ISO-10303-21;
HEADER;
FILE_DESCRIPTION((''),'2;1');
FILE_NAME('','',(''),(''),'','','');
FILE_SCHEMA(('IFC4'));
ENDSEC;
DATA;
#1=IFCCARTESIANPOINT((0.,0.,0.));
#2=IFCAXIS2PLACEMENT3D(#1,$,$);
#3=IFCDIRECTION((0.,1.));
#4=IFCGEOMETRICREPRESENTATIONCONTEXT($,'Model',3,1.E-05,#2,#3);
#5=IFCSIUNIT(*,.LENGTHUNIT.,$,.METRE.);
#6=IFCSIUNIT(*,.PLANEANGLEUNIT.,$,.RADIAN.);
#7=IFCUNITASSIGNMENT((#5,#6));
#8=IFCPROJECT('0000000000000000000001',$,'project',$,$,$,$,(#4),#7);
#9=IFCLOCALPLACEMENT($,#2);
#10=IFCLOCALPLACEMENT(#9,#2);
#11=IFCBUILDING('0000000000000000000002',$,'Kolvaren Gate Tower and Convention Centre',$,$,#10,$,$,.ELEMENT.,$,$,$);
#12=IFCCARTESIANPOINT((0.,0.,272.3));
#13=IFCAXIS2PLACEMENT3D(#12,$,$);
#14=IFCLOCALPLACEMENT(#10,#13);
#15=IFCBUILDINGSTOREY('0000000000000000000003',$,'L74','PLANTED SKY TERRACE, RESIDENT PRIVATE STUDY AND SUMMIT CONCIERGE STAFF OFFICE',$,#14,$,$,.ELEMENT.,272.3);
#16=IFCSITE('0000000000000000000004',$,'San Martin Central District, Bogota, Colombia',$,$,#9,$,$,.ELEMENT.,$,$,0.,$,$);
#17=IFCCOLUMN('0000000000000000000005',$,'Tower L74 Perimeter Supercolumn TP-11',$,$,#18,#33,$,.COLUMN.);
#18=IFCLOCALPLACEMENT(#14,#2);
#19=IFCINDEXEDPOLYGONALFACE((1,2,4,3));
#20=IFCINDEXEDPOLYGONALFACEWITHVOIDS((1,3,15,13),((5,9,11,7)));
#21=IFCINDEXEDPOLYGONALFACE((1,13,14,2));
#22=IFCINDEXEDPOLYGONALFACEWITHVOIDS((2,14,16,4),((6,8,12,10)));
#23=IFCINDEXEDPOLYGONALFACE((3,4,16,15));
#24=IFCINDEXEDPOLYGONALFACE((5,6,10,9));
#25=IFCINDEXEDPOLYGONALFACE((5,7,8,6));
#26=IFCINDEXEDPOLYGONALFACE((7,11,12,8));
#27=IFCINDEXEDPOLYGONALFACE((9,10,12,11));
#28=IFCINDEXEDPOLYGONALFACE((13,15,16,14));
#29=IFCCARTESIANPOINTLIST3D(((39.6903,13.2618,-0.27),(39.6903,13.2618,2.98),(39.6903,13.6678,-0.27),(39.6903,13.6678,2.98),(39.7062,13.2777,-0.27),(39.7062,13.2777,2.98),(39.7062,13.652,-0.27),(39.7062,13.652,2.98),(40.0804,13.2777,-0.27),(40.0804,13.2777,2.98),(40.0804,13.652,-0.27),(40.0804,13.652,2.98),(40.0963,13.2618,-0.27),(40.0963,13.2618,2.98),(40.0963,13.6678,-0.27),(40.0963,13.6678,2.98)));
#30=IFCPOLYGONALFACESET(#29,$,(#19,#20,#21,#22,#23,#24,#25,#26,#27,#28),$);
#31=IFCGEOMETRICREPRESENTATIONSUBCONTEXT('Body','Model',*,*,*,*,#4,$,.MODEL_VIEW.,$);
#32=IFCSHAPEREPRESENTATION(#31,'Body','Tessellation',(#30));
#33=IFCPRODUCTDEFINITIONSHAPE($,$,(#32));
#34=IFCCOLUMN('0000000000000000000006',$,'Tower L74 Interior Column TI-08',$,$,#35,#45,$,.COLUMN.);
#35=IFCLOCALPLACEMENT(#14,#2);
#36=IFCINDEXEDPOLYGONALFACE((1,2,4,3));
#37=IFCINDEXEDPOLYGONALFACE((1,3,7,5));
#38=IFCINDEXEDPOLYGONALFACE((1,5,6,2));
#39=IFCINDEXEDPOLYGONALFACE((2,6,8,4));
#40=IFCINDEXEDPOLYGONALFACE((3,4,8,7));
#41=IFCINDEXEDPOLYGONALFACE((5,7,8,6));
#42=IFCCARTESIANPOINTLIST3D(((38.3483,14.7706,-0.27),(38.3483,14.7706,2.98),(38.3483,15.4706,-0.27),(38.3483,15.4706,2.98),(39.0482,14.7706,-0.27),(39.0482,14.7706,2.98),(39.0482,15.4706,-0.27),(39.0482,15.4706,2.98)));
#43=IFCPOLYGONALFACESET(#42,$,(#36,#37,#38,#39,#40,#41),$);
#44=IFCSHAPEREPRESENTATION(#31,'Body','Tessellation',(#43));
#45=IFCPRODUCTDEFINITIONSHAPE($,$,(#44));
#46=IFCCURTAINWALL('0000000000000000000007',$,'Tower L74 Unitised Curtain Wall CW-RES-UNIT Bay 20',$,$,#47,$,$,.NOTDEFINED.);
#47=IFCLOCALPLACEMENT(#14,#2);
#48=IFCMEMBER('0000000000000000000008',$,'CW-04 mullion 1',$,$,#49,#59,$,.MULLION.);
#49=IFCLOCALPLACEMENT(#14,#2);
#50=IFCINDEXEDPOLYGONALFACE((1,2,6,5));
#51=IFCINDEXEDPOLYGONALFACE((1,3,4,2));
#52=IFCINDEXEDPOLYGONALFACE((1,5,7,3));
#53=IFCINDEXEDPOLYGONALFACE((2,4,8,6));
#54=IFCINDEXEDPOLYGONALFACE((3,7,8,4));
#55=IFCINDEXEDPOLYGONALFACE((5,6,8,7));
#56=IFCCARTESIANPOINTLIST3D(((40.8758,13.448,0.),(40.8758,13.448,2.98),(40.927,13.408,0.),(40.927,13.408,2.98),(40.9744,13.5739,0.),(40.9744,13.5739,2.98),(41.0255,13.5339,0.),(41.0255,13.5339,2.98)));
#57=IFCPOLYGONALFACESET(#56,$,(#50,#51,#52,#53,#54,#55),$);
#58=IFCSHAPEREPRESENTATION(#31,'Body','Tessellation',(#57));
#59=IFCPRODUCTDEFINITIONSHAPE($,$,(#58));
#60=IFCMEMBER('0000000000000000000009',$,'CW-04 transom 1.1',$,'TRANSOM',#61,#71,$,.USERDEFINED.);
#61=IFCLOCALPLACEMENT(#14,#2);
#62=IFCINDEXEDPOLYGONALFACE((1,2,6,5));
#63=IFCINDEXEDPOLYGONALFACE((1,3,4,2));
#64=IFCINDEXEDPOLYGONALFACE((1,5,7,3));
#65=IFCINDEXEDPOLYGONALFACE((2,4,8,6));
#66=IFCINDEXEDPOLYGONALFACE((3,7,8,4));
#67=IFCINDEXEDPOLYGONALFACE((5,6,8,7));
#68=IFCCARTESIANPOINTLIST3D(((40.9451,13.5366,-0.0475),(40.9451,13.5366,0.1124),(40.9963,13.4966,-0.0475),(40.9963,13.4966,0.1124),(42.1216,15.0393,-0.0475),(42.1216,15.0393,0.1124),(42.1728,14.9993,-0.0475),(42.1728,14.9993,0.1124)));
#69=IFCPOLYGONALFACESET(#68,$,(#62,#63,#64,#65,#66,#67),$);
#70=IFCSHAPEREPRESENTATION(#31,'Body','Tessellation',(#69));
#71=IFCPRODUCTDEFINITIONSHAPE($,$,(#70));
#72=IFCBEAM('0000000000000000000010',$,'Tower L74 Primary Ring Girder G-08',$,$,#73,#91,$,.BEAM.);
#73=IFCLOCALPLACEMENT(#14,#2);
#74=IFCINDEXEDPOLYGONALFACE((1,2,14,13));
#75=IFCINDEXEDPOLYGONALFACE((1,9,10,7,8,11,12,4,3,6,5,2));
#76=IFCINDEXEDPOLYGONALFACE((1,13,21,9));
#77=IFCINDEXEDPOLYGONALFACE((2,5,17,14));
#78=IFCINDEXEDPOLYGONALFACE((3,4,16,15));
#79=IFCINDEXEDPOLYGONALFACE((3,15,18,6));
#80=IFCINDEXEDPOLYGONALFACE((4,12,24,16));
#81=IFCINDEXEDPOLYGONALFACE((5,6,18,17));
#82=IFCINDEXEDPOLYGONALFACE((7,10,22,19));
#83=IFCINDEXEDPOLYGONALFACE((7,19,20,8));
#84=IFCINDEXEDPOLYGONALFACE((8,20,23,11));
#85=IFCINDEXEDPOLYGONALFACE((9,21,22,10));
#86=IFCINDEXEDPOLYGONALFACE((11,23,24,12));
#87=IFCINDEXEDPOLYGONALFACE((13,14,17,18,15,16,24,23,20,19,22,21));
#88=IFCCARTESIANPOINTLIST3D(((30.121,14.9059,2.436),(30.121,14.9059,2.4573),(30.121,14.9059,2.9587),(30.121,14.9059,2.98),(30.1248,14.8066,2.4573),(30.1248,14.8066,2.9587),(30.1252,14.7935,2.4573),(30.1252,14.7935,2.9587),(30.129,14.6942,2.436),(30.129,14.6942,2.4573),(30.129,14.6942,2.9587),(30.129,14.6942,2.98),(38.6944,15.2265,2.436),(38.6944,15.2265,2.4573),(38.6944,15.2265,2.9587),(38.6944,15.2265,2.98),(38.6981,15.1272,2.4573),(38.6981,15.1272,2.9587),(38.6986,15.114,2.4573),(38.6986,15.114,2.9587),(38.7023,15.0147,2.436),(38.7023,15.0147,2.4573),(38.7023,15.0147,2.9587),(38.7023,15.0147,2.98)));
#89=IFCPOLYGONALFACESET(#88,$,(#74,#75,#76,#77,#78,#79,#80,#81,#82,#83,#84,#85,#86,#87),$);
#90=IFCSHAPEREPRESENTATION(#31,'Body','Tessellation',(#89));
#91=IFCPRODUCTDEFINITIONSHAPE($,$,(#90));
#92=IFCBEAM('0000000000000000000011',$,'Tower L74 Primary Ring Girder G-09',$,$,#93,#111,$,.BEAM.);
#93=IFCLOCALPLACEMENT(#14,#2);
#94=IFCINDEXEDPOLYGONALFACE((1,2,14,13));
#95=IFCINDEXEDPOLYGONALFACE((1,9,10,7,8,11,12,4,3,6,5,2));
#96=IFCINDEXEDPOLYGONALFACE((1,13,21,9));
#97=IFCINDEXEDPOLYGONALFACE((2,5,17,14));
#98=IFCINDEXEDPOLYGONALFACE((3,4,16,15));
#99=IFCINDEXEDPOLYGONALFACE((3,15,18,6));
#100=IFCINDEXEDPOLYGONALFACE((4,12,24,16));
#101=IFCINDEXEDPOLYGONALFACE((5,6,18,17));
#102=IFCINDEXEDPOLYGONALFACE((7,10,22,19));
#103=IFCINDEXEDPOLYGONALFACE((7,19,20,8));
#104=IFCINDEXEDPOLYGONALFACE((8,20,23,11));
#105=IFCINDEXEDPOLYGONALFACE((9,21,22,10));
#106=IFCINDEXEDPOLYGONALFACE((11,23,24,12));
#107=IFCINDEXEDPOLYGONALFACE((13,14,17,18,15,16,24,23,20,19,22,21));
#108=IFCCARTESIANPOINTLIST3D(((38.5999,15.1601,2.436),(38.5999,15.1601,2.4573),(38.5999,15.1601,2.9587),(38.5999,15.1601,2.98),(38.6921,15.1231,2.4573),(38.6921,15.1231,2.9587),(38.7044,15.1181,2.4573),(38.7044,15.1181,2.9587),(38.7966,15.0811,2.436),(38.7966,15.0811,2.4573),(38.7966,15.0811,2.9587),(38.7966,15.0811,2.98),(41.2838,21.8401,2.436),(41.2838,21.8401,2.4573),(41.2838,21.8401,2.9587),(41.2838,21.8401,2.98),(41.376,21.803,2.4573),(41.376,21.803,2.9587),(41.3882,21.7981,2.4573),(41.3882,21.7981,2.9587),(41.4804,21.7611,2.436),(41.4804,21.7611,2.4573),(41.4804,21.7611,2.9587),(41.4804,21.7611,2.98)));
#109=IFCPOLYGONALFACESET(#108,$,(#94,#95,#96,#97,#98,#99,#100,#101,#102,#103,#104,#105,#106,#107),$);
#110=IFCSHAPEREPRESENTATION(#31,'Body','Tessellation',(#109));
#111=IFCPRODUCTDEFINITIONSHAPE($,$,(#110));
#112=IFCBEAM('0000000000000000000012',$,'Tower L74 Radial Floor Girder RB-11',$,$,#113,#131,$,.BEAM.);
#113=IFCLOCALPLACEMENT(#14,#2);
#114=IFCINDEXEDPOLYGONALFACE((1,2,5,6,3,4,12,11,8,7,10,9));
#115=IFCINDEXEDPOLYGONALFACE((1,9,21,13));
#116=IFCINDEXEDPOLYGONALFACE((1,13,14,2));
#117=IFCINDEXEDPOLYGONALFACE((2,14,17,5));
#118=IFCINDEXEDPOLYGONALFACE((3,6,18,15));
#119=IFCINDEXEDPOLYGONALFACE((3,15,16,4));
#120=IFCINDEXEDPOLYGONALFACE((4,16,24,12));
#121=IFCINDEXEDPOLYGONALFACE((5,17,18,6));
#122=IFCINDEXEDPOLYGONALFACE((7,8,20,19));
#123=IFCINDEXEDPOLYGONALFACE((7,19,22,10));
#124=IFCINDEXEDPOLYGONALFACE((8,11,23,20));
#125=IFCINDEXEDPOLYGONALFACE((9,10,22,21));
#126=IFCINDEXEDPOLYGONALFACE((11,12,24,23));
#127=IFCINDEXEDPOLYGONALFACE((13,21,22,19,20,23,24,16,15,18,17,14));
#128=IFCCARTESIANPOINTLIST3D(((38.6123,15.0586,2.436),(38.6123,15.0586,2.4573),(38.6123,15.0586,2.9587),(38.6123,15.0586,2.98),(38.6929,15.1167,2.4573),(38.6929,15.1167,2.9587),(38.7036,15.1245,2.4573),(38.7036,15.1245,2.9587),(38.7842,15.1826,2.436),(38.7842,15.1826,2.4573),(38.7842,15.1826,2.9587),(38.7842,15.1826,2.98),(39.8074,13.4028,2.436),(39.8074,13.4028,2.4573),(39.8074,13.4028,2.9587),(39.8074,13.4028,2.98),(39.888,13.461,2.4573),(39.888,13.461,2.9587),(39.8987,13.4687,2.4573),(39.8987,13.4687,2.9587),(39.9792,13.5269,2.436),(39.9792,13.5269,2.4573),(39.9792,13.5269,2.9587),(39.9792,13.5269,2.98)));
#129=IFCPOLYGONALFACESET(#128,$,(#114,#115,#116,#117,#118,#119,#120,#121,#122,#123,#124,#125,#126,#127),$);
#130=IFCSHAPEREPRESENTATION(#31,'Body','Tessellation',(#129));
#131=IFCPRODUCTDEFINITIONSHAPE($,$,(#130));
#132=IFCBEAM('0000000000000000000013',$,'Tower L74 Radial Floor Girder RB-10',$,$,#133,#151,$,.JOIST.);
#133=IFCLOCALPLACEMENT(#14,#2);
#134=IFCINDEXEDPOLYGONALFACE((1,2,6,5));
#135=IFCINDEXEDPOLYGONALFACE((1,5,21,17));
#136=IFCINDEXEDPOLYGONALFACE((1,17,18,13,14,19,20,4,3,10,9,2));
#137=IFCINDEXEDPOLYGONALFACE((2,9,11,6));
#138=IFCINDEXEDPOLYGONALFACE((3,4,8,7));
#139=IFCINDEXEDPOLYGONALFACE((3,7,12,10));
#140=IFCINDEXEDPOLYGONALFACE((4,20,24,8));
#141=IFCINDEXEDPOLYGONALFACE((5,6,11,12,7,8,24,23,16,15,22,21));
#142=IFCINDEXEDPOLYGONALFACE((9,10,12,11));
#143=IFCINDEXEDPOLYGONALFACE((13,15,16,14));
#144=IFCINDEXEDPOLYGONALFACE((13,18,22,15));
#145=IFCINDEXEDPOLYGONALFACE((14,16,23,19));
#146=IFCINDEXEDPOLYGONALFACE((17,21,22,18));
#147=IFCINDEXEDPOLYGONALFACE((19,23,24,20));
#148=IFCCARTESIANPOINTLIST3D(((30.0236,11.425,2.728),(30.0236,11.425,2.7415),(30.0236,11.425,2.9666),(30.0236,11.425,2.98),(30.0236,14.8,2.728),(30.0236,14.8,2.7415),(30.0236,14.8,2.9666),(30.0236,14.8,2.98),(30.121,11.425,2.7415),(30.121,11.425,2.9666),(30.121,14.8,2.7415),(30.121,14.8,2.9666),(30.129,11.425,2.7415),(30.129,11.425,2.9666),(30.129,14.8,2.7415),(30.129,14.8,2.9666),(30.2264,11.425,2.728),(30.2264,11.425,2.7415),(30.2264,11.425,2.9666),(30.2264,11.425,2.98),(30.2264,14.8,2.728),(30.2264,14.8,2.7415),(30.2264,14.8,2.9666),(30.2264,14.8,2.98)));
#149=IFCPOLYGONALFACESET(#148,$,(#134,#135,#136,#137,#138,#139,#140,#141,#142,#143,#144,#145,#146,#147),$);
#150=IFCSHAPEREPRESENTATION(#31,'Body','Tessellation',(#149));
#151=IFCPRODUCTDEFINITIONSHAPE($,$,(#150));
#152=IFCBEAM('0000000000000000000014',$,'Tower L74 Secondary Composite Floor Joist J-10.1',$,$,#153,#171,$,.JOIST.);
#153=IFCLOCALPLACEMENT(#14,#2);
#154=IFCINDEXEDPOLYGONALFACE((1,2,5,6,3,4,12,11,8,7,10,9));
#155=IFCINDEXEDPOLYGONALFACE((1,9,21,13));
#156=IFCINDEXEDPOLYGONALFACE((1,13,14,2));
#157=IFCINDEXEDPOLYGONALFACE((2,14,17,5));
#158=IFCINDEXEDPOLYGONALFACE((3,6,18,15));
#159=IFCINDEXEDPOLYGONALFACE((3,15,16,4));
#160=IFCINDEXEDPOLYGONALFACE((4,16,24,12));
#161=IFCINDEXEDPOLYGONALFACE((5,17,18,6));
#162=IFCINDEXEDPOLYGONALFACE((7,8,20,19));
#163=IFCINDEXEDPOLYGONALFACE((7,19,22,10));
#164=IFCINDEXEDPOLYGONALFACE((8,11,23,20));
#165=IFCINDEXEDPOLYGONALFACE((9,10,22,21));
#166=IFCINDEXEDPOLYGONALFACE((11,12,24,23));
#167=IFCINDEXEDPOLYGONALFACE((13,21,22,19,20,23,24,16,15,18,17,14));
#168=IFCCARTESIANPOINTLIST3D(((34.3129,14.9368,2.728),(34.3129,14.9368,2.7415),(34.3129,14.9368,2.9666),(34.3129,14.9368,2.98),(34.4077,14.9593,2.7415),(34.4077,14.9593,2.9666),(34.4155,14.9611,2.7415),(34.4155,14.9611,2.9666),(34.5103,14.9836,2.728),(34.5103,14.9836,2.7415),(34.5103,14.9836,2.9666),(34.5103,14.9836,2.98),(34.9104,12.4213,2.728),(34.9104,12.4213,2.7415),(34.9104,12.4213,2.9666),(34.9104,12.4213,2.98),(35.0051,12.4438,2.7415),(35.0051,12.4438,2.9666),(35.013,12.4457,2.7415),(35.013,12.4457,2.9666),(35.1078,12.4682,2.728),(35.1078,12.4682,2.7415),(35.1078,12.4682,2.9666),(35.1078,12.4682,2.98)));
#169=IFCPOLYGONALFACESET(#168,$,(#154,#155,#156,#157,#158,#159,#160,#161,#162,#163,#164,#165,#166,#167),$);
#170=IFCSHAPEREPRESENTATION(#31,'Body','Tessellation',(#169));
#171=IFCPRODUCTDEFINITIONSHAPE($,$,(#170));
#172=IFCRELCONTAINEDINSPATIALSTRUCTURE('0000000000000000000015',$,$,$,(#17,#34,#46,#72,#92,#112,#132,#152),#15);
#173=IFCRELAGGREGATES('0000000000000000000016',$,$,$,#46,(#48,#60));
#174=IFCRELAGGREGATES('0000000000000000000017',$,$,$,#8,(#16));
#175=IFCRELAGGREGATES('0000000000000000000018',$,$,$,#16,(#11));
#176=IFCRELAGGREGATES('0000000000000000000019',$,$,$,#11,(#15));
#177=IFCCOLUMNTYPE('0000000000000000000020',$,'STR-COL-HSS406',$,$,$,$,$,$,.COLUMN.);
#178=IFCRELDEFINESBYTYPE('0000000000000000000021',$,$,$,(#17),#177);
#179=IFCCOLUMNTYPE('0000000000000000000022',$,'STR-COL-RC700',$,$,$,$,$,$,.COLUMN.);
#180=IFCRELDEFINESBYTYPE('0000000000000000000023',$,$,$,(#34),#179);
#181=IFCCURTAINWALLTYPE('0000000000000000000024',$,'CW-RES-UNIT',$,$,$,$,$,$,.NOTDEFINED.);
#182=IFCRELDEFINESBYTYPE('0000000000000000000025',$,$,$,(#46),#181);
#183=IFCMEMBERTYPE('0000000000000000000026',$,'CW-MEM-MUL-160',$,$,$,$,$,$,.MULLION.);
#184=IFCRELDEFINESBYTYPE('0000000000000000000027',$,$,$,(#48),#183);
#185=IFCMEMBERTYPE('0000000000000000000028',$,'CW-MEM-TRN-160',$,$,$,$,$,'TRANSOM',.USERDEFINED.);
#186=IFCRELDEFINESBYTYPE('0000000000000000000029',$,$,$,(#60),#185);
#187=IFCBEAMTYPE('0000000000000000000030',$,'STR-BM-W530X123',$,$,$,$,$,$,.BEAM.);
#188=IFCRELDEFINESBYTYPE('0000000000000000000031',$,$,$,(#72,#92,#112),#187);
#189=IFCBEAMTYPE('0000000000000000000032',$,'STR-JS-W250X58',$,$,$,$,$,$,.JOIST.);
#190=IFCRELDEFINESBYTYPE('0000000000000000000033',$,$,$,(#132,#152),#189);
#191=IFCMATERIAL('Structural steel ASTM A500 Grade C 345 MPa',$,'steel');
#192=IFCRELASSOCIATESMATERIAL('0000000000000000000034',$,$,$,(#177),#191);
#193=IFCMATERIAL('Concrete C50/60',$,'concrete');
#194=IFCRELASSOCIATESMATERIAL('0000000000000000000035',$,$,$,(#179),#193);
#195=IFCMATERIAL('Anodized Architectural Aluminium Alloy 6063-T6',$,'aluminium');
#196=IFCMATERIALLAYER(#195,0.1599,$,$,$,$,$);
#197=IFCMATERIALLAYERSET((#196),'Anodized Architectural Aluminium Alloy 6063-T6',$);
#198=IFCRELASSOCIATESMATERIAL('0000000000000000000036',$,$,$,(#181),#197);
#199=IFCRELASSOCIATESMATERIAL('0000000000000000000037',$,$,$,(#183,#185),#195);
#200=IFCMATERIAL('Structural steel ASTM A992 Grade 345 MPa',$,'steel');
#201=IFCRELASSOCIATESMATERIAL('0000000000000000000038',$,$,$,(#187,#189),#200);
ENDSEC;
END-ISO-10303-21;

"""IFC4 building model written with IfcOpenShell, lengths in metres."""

from ifc_helpers import new_model, si_unit, direction, frame, origin, origin_2d, place, context, subcontext, project, spatial, rectangle, hollow_rectangle, i_section, extrude, material, layer, layer_set, material_profile, profile_set, type_object, element, aggregate, save


model = new_model("IFC4")

# Units and contexts
model_context = context("Model", 3, precision=1e-05, world=origin(), true_north=direction((0.0, 1.0)))
body_context = subcontext(model_context, "Body", "Model", "MODEL_VIEW")
ifc_project = project(units=[si_unit("LENGTHUNIT", "METRE"), si_unit("PLANEANGLEUNIT", "RADIAN")], contexts=[model_context])

# Site, building, storey
site_placement = place(None, origin())
site = spatial("IfcSite", under=ifc_project, at=site_placement, Name="San Martin Central District, Bogota, Colombia", CompositionType="ELEMENT", RefElevation=0.0)
building_placement = place(site_placement, origin())
building = spatial("IfcBuilding", under=site, at=building_placement, Name="Kolvaren Gate Tower and Convention Centre", CompositionType="ELEMENT")
storey_placement = place(building_placement, frame((0.0, 0.0, 272.3)))
storey = spatial("IfcBuildingStorey", under=building, at=storey_placement, Name="L74", Description="PLANTED SKY TERRACE, RESIDENT PRIVATE STUDY AND SUMMIT CONCIERGE STAFF OFFICE", CompositionType="ELEMENT", Elevation=272.3)

# Columns
ifc_material_1 = material(Name="Structural steel ASTM A500 Grade C 345 MPa", Category="steel")
ifc_material_profile_1 = material_profile(ifc_material_1, hollow_rectangle(XDim=0.406, YDim=0.406, WallThickness=0.0159, at=origin_2d()), Name="HSS406X406X15.9")
ifc_profile_set_1 = profile_set([ifc_material_profile_1], Name="Structural steel ASTM A500 Grade C 345 MPa")
column_type_1 = type_object("IfcColumnType", Name="STR-COL-HSS406", PredefinedType="COLUMN", material=ifc_profile_set_1)
column_1_placement = place(storey_placement, frame((39.8933, 13.4648, -0.27), z_axis=(0.0, 0.0, 1.0), x_axis=(1.0, 0.0, 0.0)))
element("IfcColumn", 1, at=column_1_placement, inside=storey, type_object=column_type_1, Name="Tower L74 Perimeter Supercolumn TP-11", PredefinedType="COLUMN", context=body_context, shape_type="SweptSolid", body=[
    extrude(hollow_rectangle(XDim=0.406, YDim=0.406, WallThickness=0.0159, at=origin_2d()), origin(), (0.0, 0.0, 1.0), 3.25),
])
ifc_material_2 = material(Name="Concrete C50/60", Category="concrete")
ifc_material_profile_2 = material_profile(ifc_material_2, rectangle(XDim=0.7, YDim=0.7, at=origin_2d()), Name="RC-COL-700X700")
ifc_profile_set_2 = profile_set([ifc_material_profile_2], Name="Concrete C50/60")
column_type_2 = type_object("IfcColumnType", Name="STR-COL-RC700", PredefinedType="COLUMN", material=ifc_profile_set_2)
column_2_placement = place(storey_placement, frame((38.6982, 15.1206, -0.27), z_axis=(0.0, 0.0, 1.0), x_axis=(1.0, 0.0, 0.0)))
element("IfcColumn", 2, at=column_2_placement, inside=storey, type_object=column_type_2, Name="Tower L74 Interior Column TI-08", PredefinedType="COLUMN", context=body_context, shape_type="SweptSolid", body=[
    extrude(rectangle(XDim=0.7, YDim=0.7, at=origin_2d()), origin(), (0.0, 0.0, 1.0), 3.25),
])

# Curtain wall, members
ifc_material_3 = material(Name="Anodized Architectural Aluminium Alloy 6063-T6", Category="aluminium")
ifc_layer_1 = layer(ifc_material_3, 0.1599)
ifc_layer_set_1 = layer_set([ifc_layer_1], Name="Anodized Architectural Aluminium Alloy 6063-T6")
curtain_wall_type = type_object("IfcCurtainWallType", Name="CW-RES-UNIT", PredefinedType="NOTDEFINED", material=ifc_layer_set_1)
curtain_wall_placement = place(storey_placement, origin())
curtain_wall = element("IfcCurtainWall", 3, at=curtain_wall_placement, inside=storey, type_object=curtain_wall_type, Name="Tower L74 Unitised Curtain Wall CW-RES-UNIT Bay 20", PredefinedType="NOTDEFINED")
ifc_material_profile_3 = material_profile(ifc_material_3, rectangle(XDim=0.0649, YDim=0.1599, at=origin_2d()), Name="CW-MEM-MUL-160")
ifc_profile_set_3 = profile_set([ifc_material_profile_3], Name="Anodized Architectural Aluminium Alloy 6063-T6")
member_type_1 = type_object("IfcMemberType", Name="CW-MEM-MUL-160", PredefinedType="MULLION", material=ifc_profile_set_3)
member_1_placement = place(storey_placement, frame((40.9507, 13.491, 0.0), z_axis=(0.0, 0.0, 1.0), x_axis=(-0.787408, 0.616433, 0.0)))
member_1 = element("IfcMember", 4, at=member_1_placement, type_object=member_type_1, Name="CW-04 mullion 1", PredefinedType="MULLION", context=body_context, shape_type="SweptSolid", body=[
    extrude(rectangle(XDim=0.0649, YDim=0.1599, at=origin_2d()), origin(), (0.0, 0.0, 1.0), 2.98),
])
ifc_material_profile_4 = material_profile(ifc_material_3, rectangle(XDim=0.0649, YDim=0.1599, at=origin_2d()), Name="CW-MEM-TRN-160")
ifc_profile_set_4 = profile_set([ifc_material_profile_4], Name="Anodized Architectural Aluminium Alloy 6063-T6")
member_type_2 = type_object("IfcMemberType", Name="CW-MEM-TRN-160", ElementType="TRANSOM", PredefinedType="USERDEFINED", material=ifc_profile_set_4)
member_2_placement = place(storey_placement, frame((40.9707, 13.5166, 0.0325), z_axis=(0.61647, 0.787378, 0.0), x_axis=(-0.787378, 0.61647, 0.0)))
member_2 = element("IfcMember", 5, at=member_2_placement, type_object=member_type_2, Name="CW-04 transom 1.1", ObjectType="TRANSOM", PredefinedType="USERDEFINED", context=body_context, shape_type="SweptSolid", body=[
    extrude(rectangle(XDim=0.0649, YDim=0.1599, at=origin_2d()), origin(), (0.0, 0.0, 1.0), 1.9084),
])
aggregate(curtain_wall, [member_1, member_2])

# Beams
ifc_material_4 = material(Name="Structural steel ASTM A992 Grade 345 MPa", Category="steel")
ifc_material_profile_5 = material_profile(ifc_material_4, i_section(OverallWidth=0.2119, OverallDepth=0.5439, WebThickness=0.0132, FlangeThickness=0.0212, at=origin_2d()), Name="W530X123")
ifc_profile_set_5 = profile_set([ifc_material_profile_5], Name="Structural steel ASTM A992 Grade 345 MPa")
beam_type_1 = type_object("IfcBeamType", Name="STR-BM-W530X123", PredefinedType="BEAM", material=ifc_profile_set_5)
beam_1_placement = place(storey_placement, frame((30.125, 14.8, 2.708), z_axis=(0.999302, 0.037364, 0.0), x_axis=(-0.037364, 0.999302, 0.0)))
element("IfcBeam", 6, at=beam_1_placement, inside=storey, type_object=beam_type_1, Name="Tower L74 Primary Ring Girder G-08", PredefinedType="BEAM", context=body_context, shape_type="SweptSolid", body=[
    extrude(i_section(OverallWidth=0.2119, OverallDepth=0.5439, WebThickness=0.0132, FlangeThickness=0.0212, at=origin_2d()), origin(), (0.0, 0.0, 1.0), 8.5793),
])
beam_2_placement = place(storey_placement, frame((38.6982, 15.1206, 2.708), z_axis=(0.372811, 0.927907, 0.0), x_axis=(-0.927907, 0.372811, 0.0)))
element("IfcBeam", 7, at=beam_2_placement, inside=storey, type_object=beam_type_1, Name="Tower L74 Primary Ring Girder G-09", PredefinedType="BEAM", context=body_context, shape_type="SweptSolid", body=[
    extrude(i_section(OverallWidth=0.2119, OverallDepth=0.5439, WebThickness=0.0132, FlangeThickness=0.0212, at=origin_2d()), origin(), (0.0, 0.0, 1.0), 7.199),
])
beam_3_placement = place(storey_placement, frame((38.6982, 15.1206, 2.708), z_axis=(0.585246, -0.810856, 0.0), x_axis=(0.810856, 0.585246, 0.0)))
element("IfcBeam", 8, at=beam_3_placement, inside=storey, type_object=beam_type_1, Name="Tower L74 Radial Floor Girder RB-11", PredefinedType="BEAM", context=body_context, shape_type="SweptSolid", body=[
    extrude(i_section(OverallWidth=0.2119, OverallDepth=0.5439, WebThickness=0.0132, FlangeThickness=0.0212, at=origin_2d()), origin(), (0.0, 0.0, 1.0), 2.042),
])
ifc_material_profile_6 = material_profile(ifc_material_4, i_section(OverallWidth=0.2029, OverallDepth=0.252, WebThickness=0.0081, FlangeThickness=0.0134, at=origin_2d()), Name="W250X58")
ifc_profile_set_6 = profile_set([ifc_material_profile_6], Name="Structural steel ASTM A992 Grade 345 MPa")
beam_type_2 = type_object("IfcBeamType", Name="STR-JS-W250X58", PredefinedType="JOIST", material=ifc_profile_set_6)
beam_4_placement = place(storey_placement, frame((30.125, 14.8, 2.854), z_axis=(0.0, -1.0, 0.0), x_axis=(1.0, 0.0, 0.0)))
element("IfcBeam", 9, at=beam_4_placement, inside=storey, type_object=beam_type_2, Name="Tower L74 Radial Floor Girder RB-10", PredefinedType="JOIST", context=body_context, shape_type="SweptSolid", body=[
    extrude(i_section(OverallWidth=0.2029, OverallDepth=0.252, WebThickness=0.0081, FlangeThickness=0.0134, at=origin_2d()), origin(), (0.0, 0.0, 1.0), 3.375),
])
beam_5_placement = place(storey_placement, frame((34.4116, 14.9602, 2.854), z_axis=(0.231076, -0.972936, 0.0), x_axis=(0.972936, 0.231076, 0.0)))
element("IfcBeam", 10, at=beam_5_placement, inside=storey, type_object=beam_type_2, Name="Tower L74 Secondary Composite Floor Joist J-10.1", PredefinedType="JOIST", context=body_context, shape_type="SweptSolid", body=[
    extrude(i_section(OverallWidth=0.2029, OverallDepth=0.252, WebThickness=0.0081, FlangeThickness=0.0134, at=origin_2d()), origin(), (0.0, 0.0, 1.0), 2.5854),
])

save(model, "model.ifc")
